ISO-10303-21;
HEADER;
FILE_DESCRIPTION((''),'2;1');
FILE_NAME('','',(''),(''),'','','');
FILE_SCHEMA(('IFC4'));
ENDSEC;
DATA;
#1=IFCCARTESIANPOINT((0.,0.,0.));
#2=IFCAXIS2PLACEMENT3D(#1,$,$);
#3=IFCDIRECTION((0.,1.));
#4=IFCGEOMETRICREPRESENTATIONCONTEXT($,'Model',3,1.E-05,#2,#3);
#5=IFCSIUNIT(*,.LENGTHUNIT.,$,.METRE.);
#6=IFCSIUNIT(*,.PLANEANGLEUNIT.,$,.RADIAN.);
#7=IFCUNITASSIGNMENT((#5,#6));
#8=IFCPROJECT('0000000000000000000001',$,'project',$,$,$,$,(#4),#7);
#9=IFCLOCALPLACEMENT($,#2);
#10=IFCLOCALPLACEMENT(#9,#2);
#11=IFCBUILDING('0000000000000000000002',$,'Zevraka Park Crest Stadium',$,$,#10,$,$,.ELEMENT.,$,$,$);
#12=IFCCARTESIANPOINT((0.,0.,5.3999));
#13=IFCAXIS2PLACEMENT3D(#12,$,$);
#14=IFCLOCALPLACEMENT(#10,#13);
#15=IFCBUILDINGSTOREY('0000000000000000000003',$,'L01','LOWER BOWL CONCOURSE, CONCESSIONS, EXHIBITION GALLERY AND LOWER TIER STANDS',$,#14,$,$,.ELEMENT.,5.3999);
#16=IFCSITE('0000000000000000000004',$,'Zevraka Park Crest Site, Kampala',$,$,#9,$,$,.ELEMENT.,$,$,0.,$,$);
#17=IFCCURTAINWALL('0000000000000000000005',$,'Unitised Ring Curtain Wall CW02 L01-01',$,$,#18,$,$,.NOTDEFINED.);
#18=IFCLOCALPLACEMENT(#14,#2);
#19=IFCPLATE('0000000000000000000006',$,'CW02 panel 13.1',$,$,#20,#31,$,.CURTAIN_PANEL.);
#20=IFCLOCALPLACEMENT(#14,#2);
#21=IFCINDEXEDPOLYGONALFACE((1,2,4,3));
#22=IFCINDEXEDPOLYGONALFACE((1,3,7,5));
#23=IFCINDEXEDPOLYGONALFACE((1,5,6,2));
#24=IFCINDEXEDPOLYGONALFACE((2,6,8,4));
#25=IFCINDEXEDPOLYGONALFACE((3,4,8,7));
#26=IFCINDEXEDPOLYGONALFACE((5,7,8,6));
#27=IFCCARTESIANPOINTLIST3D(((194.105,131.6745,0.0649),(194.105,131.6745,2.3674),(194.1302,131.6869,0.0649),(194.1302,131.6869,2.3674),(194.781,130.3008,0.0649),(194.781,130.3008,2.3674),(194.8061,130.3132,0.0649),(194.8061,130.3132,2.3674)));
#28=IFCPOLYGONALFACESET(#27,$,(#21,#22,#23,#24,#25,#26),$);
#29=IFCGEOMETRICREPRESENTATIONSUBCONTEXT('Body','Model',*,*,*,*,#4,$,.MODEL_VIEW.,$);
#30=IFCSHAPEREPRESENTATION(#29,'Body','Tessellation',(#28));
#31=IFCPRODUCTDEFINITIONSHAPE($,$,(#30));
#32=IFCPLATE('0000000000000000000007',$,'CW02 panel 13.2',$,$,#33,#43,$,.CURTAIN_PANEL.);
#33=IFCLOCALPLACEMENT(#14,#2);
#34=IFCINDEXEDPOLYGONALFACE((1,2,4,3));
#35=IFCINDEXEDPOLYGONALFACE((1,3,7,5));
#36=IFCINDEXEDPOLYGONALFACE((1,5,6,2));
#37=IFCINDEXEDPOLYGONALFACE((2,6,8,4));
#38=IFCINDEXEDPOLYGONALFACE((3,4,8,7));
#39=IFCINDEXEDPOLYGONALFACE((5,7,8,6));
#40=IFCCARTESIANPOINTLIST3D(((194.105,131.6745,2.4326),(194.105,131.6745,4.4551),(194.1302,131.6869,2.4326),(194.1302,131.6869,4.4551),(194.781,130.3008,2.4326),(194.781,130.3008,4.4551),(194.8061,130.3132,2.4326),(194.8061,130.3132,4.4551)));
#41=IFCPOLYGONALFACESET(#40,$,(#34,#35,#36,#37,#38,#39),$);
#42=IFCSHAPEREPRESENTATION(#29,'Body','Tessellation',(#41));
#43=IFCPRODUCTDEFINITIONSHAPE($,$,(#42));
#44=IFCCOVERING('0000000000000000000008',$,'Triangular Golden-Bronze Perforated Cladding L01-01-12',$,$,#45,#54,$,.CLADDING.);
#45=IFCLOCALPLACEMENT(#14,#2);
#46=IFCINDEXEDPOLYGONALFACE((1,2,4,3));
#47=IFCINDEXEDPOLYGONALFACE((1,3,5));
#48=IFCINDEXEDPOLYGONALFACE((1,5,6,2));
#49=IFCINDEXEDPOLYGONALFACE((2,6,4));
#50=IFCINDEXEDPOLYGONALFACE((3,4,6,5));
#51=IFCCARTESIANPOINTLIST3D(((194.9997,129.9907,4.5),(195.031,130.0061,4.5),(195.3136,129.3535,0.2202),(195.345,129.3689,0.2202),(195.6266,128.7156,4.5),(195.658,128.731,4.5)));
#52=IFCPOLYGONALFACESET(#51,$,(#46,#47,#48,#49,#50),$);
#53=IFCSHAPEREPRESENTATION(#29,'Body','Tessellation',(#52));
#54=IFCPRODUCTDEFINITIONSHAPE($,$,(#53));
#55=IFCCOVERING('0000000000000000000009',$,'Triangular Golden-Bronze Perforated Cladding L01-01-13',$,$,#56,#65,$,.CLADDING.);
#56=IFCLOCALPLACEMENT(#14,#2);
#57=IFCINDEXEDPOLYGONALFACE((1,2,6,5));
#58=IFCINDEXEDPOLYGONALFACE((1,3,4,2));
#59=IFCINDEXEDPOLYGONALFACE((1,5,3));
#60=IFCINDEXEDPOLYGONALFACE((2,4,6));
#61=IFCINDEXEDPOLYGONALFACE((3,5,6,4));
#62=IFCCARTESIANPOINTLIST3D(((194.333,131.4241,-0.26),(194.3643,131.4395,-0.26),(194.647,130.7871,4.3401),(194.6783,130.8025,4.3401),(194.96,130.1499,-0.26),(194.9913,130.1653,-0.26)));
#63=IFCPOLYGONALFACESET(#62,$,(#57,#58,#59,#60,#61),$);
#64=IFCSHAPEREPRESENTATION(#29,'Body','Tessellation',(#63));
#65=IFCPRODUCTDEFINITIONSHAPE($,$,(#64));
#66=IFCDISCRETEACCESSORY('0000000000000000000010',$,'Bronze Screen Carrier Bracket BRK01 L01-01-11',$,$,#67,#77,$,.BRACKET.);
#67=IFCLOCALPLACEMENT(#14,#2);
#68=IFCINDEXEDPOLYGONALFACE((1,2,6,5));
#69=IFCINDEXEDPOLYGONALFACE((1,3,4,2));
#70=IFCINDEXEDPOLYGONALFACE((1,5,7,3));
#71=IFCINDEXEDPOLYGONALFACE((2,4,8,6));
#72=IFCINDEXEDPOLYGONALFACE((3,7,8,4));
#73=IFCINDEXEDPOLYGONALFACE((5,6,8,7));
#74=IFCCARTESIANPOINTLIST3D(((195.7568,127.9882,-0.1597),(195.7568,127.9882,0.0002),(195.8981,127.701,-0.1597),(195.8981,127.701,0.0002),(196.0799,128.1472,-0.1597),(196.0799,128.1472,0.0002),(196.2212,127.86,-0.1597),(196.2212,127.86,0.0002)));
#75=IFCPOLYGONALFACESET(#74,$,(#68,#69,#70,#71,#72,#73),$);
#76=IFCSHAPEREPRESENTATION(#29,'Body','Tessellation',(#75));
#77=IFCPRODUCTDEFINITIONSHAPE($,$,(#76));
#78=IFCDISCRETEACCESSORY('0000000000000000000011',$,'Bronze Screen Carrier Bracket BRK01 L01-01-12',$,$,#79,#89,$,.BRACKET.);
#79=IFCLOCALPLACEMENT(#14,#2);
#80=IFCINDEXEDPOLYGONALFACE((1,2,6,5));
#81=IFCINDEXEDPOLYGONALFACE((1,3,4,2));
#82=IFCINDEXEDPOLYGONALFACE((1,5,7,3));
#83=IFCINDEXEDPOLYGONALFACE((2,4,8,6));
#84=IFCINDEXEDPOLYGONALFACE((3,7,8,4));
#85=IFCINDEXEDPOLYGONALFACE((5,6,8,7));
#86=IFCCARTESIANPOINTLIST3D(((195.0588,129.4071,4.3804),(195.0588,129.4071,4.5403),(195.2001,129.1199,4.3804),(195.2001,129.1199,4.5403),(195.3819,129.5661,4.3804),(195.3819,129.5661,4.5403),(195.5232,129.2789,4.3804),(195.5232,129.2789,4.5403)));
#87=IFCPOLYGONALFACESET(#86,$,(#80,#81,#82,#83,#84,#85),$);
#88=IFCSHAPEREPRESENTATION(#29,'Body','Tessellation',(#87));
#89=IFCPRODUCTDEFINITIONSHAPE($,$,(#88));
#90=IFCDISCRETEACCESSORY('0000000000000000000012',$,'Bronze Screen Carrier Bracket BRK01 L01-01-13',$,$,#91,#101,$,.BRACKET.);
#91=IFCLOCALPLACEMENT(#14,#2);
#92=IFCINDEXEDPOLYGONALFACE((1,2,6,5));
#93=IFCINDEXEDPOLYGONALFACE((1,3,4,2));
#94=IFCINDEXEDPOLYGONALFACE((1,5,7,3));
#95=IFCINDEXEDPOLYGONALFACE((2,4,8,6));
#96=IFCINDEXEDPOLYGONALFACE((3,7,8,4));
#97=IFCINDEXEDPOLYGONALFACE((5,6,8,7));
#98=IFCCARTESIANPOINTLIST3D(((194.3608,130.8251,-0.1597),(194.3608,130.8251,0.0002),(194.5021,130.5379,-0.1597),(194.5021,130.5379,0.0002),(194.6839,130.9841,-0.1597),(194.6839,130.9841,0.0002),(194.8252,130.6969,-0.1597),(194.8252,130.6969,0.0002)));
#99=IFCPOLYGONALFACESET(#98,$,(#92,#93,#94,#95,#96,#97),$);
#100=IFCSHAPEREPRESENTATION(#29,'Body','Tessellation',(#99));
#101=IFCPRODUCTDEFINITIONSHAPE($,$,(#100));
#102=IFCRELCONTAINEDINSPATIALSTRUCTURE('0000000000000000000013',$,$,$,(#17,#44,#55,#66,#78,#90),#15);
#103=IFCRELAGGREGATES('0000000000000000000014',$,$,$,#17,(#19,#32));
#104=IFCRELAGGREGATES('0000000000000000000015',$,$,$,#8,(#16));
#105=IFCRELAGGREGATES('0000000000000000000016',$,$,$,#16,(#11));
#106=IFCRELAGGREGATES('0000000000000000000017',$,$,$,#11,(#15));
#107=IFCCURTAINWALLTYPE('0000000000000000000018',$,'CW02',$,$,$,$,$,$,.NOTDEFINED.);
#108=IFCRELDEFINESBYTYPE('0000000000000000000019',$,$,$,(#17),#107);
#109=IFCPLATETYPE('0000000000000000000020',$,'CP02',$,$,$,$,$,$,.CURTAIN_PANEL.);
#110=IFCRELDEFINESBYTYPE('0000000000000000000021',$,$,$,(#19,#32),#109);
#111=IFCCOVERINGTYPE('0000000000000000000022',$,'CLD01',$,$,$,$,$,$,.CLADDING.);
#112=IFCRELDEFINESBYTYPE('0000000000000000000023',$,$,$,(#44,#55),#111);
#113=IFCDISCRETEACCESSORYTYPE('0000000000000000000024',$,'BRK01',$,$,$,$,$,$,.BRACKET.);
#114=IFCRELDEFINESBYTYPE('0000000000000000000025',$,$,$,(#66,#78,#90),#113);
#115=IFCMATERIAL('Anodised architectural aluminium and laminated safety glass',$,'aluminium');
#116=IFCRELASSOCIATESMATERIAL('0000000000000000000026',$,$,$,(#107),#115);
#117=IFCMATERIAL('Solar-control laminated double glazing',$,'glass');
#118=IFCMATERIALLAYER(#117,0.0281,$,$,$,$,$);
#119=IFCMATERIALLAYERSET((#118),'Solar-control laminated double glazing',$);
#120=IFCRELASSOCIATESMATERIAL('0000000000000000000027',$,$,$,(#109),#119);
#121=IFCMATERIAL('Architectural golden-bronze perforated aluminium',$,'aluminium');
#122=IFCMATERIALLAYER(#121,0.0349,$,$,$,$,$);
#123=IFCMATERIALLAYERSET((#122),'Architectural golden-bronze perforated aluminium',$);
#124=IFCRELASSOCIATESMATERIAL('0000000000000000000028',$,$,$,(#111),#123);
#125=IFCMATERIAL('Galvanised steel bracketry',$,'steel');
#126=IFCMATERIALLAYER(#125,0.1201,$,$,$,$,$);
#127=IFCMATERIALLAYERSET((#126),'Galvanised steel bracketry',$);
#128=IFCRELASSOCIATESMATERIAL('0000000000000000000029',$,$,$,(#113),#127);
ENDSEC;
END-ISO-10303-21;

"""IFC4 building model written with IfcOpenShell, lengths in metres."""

from ifc_helpers import new_model, si_unit, direction, frame, origin, origin_2d, place, context, subcontext, project, spatial, polyline, rectangle, outline, extrude, material, layer, layer_set, type_object, element, aggregate, save


model = new_model("IFC4")

# Units and contexts
model_context = context("Model", 3, precision=1e-05, world=origin(), true_north=direction((0.0, 1.0)))
body_context = subcontext(model_context, "Body", "Model", "MODEL_VIEW")
ifc_project = project(units=[si_unit("LENGTHUNIT", "METRE"), si_unit("PLANEANGLEUNIT", "RADIAN")], contexts=[model_context])

# Site, building, storey
site_placement = place(None, origin())
site = spatial("IfcSite", under=ifc_project, at=site_placement, Name="Zevraka Park Crest Site, Kampala", CompositionType="ELEMENT", RefElevation=0.0)
building_placement = place(site_placement, origin())
building = spatial("IfcBuilding", under=site, at=building_placement, Name="Zevraka Park Crest Stadium", CompositionType="ELEMENT")
storey_placement = place(building_placement, frame((0.0, 0.0, 5.3999)))
storey = spatial("IfcBuildingStorey", under=building, at=storey_placement, Name="L01", Description="LOWER BOWL CONCOURSE, CONCESSIONS, EXHIBITION GALLERY AND LOWER TIER STANDS", CompositionType="ELEMENT", Elevation=5.3999)

# Curtain wall, plates
ifc_material_1 = material(Name="Anodised architectural aluminium and laminated safety glass", Category="aluminium")
curtain_wall_type = type_object("IfcCurtainWallType", Name="CW02", PredefinedType="NOTDEFINED", material=ifc_material_1)
curtain_wall_placement = place(storey_placement, origin())
curtain_wall = element("IfcCurtainWall", 1, at=curtain_wall_placement, inside=storey, type_object=curtain_wall_type, Name="Unitised Ring Curtain Wall CW02 L01-01", PredefinedType="NOTDEFINED")
ifc_material_2 = material(Name="Solar-control laminated double glazing", Category="glass")
ifc_layer_1 = layer(ifc_material_2, 0.0281)
ifc_layer_set_1 = layer_set([ifc_layer_1], Name="Solar-control laminated double glazing")
plate_type = type_object("IfcPlateType", Name="CP02", PredefinedType="CURTAIN_PANEL", material=ifc_layer_set_1)
plate_1_placement = place(storey_placement, frame((194.4556, 130.9939, 0.0649), z_axis=(0.0, 0.0, 1.0), x_axis=(-0.441517, 0.897253, 0.0)))
plate_1 = element("IfcPlate", 2, at=plate_1_placement, type_object=plate_type, Name="CW02 panel 13.1", PredefinedType="CURTAIN_PANEL", context=body_context, shape_type="SweptSolid", body=[
    extrude(rectangle(XDim=1.531, YDim=0.0281, at=origin_2d()), origin(), (0.0, 0.0, 1.0), 2.3025),
])
plate_2_placement = place(storey_placement, frame((194.4556, 130.9939, 2.4326), z_axis=(0.0, 0.0, 1.0), x_axis=(-0.441517, 0.897253, 0.0)))
plate_2 = element("IfcPlate", 3, at=plate_2_placement, type_object=plate_type, Name="CW02 panel 13.2", PredefinedType="CURTAIN_PANEL", context=body_context, shape_type="SweptSolid", body=[
    extrude(rectangle(XDim=1.531, YDim=0.0281, at=origin_2d()), origin(), (0.0, 0.0, 1.0), 2.0225),
])
aggregate(curtain_wall, [plate_1, plate_2])

# Coverings
ifc_material_3 = material(Name="Architectural golden-bronze perforated aluminium", Category="aluminium")
ifc_layer_2 = layer(ifc_material_3, 0.0349)
ifc_layer_set_2 = layer_set([ifc_layer_2], Name="Architectural golden-bronze perforated aluminium")
covering_type = type_object("IfcCoveringType", Name="CLD01", PredefinedType="CLADDING", material=ifc_layer_set_2)
covering_1_placement = place(storey_placement, frame((195.031, 130.0061, 4.5), z_axis=(0.897397, 0.441224, 0.00014), x_axis=(0.441224, -0.897397, 0.0)))
element("IfcCovering", 4, at=covering_1_placement, inside=storey, type_object=covering_type, Name="Triangular Golden-Bronze Perforated Cladding L01-01-12", PredefinedType="CLADDING", context=body_context, shape_type="SweptSolid", body=[
    extrude(outline(polyline([(0.0, 0.0), (1.4209, 0.0), (0.7104, 4.2798), (0.0, 0.0)])), origin(), (0.0, 0.0, -1.0), 0.0349),
])
covering_2_placement = place(storey_placement, frame((194.96, 130.1499, -0.26), z_axis=(-0.897263, -0.441497, 0.000107), x_axis=(-0.441497, 0.897263, 0.0)))
element("IfcCovering", 5, at=covering_2_placement, inside=storey, type_object=covering_type, Name="Triangular Golden-Bronze Perforated Cladding L01-01-13", PredefinedType="CLADDING", context=body_context, shape_type="SweptSolid", body=[
    extrude(outline(polyline([(0.0, 0.0), (1.4201, 0.0), (0.7099, -4.6001), (0.0, 0.0)])), origin(), (0.0, 0.0, -1.0), 0.0349),
])

# Discrete accessories
ifc_material_4 = material(Name="Galvanised steel bracketry", Category="steel")
ifc_layer_3 = layer(ifc_material_4, 0.1201)
ifc_layer_set_3 = layer_set([ifc_layer_3], Name="Galvanised steel bracketry")
discrete_accessory_type = type_object("IfcDiscreteAccessoryType", Name="BRK01", PredefinedType="BRACKET", material=ifc_layer_set_3)
for number, where, z_axis, x_axis, name in (
    (6, (195.989, 127.9241, -0.1597), (0.0, 0.0, 1.0), (-0.441506, 0.897258, 0.0), "Bronze Screen Carrier Bracket BRK01 L01-01-11"),
    (7, (195.291, 129.343, 4.3804), (0.0, 0.0, 1.0), (-0.441506, 0.897258, 0.0), "Bronze Screen Carrier Bracket BRK01 L01-01-12"),
    (8, (194.593, 130.761, -0.1597), (0.0, 0.0, 1.0), (-0.441506, 0.897258, 0.0), "Bronze Screen Carrier Bracket BRK01 L01-01-13"),
):
    element("IfcDiscreteAccessory", number, at=place(storey_placement, frame(where, z_axis=z_axis, x_axis=x_axis)), inside=storey, type_object=discrete_accessory_type, Name=name, PredefinedType="BRACKET", context=body_context, shape_type="SweptSolid", body=[
        extrude(rectangle(XDim=0.3201, YDim=0.3601, at=origin_2d()), origin(), (0.0, 0.0, 1.0), 0.1599),
    ])

save(model, "model.ifc")
